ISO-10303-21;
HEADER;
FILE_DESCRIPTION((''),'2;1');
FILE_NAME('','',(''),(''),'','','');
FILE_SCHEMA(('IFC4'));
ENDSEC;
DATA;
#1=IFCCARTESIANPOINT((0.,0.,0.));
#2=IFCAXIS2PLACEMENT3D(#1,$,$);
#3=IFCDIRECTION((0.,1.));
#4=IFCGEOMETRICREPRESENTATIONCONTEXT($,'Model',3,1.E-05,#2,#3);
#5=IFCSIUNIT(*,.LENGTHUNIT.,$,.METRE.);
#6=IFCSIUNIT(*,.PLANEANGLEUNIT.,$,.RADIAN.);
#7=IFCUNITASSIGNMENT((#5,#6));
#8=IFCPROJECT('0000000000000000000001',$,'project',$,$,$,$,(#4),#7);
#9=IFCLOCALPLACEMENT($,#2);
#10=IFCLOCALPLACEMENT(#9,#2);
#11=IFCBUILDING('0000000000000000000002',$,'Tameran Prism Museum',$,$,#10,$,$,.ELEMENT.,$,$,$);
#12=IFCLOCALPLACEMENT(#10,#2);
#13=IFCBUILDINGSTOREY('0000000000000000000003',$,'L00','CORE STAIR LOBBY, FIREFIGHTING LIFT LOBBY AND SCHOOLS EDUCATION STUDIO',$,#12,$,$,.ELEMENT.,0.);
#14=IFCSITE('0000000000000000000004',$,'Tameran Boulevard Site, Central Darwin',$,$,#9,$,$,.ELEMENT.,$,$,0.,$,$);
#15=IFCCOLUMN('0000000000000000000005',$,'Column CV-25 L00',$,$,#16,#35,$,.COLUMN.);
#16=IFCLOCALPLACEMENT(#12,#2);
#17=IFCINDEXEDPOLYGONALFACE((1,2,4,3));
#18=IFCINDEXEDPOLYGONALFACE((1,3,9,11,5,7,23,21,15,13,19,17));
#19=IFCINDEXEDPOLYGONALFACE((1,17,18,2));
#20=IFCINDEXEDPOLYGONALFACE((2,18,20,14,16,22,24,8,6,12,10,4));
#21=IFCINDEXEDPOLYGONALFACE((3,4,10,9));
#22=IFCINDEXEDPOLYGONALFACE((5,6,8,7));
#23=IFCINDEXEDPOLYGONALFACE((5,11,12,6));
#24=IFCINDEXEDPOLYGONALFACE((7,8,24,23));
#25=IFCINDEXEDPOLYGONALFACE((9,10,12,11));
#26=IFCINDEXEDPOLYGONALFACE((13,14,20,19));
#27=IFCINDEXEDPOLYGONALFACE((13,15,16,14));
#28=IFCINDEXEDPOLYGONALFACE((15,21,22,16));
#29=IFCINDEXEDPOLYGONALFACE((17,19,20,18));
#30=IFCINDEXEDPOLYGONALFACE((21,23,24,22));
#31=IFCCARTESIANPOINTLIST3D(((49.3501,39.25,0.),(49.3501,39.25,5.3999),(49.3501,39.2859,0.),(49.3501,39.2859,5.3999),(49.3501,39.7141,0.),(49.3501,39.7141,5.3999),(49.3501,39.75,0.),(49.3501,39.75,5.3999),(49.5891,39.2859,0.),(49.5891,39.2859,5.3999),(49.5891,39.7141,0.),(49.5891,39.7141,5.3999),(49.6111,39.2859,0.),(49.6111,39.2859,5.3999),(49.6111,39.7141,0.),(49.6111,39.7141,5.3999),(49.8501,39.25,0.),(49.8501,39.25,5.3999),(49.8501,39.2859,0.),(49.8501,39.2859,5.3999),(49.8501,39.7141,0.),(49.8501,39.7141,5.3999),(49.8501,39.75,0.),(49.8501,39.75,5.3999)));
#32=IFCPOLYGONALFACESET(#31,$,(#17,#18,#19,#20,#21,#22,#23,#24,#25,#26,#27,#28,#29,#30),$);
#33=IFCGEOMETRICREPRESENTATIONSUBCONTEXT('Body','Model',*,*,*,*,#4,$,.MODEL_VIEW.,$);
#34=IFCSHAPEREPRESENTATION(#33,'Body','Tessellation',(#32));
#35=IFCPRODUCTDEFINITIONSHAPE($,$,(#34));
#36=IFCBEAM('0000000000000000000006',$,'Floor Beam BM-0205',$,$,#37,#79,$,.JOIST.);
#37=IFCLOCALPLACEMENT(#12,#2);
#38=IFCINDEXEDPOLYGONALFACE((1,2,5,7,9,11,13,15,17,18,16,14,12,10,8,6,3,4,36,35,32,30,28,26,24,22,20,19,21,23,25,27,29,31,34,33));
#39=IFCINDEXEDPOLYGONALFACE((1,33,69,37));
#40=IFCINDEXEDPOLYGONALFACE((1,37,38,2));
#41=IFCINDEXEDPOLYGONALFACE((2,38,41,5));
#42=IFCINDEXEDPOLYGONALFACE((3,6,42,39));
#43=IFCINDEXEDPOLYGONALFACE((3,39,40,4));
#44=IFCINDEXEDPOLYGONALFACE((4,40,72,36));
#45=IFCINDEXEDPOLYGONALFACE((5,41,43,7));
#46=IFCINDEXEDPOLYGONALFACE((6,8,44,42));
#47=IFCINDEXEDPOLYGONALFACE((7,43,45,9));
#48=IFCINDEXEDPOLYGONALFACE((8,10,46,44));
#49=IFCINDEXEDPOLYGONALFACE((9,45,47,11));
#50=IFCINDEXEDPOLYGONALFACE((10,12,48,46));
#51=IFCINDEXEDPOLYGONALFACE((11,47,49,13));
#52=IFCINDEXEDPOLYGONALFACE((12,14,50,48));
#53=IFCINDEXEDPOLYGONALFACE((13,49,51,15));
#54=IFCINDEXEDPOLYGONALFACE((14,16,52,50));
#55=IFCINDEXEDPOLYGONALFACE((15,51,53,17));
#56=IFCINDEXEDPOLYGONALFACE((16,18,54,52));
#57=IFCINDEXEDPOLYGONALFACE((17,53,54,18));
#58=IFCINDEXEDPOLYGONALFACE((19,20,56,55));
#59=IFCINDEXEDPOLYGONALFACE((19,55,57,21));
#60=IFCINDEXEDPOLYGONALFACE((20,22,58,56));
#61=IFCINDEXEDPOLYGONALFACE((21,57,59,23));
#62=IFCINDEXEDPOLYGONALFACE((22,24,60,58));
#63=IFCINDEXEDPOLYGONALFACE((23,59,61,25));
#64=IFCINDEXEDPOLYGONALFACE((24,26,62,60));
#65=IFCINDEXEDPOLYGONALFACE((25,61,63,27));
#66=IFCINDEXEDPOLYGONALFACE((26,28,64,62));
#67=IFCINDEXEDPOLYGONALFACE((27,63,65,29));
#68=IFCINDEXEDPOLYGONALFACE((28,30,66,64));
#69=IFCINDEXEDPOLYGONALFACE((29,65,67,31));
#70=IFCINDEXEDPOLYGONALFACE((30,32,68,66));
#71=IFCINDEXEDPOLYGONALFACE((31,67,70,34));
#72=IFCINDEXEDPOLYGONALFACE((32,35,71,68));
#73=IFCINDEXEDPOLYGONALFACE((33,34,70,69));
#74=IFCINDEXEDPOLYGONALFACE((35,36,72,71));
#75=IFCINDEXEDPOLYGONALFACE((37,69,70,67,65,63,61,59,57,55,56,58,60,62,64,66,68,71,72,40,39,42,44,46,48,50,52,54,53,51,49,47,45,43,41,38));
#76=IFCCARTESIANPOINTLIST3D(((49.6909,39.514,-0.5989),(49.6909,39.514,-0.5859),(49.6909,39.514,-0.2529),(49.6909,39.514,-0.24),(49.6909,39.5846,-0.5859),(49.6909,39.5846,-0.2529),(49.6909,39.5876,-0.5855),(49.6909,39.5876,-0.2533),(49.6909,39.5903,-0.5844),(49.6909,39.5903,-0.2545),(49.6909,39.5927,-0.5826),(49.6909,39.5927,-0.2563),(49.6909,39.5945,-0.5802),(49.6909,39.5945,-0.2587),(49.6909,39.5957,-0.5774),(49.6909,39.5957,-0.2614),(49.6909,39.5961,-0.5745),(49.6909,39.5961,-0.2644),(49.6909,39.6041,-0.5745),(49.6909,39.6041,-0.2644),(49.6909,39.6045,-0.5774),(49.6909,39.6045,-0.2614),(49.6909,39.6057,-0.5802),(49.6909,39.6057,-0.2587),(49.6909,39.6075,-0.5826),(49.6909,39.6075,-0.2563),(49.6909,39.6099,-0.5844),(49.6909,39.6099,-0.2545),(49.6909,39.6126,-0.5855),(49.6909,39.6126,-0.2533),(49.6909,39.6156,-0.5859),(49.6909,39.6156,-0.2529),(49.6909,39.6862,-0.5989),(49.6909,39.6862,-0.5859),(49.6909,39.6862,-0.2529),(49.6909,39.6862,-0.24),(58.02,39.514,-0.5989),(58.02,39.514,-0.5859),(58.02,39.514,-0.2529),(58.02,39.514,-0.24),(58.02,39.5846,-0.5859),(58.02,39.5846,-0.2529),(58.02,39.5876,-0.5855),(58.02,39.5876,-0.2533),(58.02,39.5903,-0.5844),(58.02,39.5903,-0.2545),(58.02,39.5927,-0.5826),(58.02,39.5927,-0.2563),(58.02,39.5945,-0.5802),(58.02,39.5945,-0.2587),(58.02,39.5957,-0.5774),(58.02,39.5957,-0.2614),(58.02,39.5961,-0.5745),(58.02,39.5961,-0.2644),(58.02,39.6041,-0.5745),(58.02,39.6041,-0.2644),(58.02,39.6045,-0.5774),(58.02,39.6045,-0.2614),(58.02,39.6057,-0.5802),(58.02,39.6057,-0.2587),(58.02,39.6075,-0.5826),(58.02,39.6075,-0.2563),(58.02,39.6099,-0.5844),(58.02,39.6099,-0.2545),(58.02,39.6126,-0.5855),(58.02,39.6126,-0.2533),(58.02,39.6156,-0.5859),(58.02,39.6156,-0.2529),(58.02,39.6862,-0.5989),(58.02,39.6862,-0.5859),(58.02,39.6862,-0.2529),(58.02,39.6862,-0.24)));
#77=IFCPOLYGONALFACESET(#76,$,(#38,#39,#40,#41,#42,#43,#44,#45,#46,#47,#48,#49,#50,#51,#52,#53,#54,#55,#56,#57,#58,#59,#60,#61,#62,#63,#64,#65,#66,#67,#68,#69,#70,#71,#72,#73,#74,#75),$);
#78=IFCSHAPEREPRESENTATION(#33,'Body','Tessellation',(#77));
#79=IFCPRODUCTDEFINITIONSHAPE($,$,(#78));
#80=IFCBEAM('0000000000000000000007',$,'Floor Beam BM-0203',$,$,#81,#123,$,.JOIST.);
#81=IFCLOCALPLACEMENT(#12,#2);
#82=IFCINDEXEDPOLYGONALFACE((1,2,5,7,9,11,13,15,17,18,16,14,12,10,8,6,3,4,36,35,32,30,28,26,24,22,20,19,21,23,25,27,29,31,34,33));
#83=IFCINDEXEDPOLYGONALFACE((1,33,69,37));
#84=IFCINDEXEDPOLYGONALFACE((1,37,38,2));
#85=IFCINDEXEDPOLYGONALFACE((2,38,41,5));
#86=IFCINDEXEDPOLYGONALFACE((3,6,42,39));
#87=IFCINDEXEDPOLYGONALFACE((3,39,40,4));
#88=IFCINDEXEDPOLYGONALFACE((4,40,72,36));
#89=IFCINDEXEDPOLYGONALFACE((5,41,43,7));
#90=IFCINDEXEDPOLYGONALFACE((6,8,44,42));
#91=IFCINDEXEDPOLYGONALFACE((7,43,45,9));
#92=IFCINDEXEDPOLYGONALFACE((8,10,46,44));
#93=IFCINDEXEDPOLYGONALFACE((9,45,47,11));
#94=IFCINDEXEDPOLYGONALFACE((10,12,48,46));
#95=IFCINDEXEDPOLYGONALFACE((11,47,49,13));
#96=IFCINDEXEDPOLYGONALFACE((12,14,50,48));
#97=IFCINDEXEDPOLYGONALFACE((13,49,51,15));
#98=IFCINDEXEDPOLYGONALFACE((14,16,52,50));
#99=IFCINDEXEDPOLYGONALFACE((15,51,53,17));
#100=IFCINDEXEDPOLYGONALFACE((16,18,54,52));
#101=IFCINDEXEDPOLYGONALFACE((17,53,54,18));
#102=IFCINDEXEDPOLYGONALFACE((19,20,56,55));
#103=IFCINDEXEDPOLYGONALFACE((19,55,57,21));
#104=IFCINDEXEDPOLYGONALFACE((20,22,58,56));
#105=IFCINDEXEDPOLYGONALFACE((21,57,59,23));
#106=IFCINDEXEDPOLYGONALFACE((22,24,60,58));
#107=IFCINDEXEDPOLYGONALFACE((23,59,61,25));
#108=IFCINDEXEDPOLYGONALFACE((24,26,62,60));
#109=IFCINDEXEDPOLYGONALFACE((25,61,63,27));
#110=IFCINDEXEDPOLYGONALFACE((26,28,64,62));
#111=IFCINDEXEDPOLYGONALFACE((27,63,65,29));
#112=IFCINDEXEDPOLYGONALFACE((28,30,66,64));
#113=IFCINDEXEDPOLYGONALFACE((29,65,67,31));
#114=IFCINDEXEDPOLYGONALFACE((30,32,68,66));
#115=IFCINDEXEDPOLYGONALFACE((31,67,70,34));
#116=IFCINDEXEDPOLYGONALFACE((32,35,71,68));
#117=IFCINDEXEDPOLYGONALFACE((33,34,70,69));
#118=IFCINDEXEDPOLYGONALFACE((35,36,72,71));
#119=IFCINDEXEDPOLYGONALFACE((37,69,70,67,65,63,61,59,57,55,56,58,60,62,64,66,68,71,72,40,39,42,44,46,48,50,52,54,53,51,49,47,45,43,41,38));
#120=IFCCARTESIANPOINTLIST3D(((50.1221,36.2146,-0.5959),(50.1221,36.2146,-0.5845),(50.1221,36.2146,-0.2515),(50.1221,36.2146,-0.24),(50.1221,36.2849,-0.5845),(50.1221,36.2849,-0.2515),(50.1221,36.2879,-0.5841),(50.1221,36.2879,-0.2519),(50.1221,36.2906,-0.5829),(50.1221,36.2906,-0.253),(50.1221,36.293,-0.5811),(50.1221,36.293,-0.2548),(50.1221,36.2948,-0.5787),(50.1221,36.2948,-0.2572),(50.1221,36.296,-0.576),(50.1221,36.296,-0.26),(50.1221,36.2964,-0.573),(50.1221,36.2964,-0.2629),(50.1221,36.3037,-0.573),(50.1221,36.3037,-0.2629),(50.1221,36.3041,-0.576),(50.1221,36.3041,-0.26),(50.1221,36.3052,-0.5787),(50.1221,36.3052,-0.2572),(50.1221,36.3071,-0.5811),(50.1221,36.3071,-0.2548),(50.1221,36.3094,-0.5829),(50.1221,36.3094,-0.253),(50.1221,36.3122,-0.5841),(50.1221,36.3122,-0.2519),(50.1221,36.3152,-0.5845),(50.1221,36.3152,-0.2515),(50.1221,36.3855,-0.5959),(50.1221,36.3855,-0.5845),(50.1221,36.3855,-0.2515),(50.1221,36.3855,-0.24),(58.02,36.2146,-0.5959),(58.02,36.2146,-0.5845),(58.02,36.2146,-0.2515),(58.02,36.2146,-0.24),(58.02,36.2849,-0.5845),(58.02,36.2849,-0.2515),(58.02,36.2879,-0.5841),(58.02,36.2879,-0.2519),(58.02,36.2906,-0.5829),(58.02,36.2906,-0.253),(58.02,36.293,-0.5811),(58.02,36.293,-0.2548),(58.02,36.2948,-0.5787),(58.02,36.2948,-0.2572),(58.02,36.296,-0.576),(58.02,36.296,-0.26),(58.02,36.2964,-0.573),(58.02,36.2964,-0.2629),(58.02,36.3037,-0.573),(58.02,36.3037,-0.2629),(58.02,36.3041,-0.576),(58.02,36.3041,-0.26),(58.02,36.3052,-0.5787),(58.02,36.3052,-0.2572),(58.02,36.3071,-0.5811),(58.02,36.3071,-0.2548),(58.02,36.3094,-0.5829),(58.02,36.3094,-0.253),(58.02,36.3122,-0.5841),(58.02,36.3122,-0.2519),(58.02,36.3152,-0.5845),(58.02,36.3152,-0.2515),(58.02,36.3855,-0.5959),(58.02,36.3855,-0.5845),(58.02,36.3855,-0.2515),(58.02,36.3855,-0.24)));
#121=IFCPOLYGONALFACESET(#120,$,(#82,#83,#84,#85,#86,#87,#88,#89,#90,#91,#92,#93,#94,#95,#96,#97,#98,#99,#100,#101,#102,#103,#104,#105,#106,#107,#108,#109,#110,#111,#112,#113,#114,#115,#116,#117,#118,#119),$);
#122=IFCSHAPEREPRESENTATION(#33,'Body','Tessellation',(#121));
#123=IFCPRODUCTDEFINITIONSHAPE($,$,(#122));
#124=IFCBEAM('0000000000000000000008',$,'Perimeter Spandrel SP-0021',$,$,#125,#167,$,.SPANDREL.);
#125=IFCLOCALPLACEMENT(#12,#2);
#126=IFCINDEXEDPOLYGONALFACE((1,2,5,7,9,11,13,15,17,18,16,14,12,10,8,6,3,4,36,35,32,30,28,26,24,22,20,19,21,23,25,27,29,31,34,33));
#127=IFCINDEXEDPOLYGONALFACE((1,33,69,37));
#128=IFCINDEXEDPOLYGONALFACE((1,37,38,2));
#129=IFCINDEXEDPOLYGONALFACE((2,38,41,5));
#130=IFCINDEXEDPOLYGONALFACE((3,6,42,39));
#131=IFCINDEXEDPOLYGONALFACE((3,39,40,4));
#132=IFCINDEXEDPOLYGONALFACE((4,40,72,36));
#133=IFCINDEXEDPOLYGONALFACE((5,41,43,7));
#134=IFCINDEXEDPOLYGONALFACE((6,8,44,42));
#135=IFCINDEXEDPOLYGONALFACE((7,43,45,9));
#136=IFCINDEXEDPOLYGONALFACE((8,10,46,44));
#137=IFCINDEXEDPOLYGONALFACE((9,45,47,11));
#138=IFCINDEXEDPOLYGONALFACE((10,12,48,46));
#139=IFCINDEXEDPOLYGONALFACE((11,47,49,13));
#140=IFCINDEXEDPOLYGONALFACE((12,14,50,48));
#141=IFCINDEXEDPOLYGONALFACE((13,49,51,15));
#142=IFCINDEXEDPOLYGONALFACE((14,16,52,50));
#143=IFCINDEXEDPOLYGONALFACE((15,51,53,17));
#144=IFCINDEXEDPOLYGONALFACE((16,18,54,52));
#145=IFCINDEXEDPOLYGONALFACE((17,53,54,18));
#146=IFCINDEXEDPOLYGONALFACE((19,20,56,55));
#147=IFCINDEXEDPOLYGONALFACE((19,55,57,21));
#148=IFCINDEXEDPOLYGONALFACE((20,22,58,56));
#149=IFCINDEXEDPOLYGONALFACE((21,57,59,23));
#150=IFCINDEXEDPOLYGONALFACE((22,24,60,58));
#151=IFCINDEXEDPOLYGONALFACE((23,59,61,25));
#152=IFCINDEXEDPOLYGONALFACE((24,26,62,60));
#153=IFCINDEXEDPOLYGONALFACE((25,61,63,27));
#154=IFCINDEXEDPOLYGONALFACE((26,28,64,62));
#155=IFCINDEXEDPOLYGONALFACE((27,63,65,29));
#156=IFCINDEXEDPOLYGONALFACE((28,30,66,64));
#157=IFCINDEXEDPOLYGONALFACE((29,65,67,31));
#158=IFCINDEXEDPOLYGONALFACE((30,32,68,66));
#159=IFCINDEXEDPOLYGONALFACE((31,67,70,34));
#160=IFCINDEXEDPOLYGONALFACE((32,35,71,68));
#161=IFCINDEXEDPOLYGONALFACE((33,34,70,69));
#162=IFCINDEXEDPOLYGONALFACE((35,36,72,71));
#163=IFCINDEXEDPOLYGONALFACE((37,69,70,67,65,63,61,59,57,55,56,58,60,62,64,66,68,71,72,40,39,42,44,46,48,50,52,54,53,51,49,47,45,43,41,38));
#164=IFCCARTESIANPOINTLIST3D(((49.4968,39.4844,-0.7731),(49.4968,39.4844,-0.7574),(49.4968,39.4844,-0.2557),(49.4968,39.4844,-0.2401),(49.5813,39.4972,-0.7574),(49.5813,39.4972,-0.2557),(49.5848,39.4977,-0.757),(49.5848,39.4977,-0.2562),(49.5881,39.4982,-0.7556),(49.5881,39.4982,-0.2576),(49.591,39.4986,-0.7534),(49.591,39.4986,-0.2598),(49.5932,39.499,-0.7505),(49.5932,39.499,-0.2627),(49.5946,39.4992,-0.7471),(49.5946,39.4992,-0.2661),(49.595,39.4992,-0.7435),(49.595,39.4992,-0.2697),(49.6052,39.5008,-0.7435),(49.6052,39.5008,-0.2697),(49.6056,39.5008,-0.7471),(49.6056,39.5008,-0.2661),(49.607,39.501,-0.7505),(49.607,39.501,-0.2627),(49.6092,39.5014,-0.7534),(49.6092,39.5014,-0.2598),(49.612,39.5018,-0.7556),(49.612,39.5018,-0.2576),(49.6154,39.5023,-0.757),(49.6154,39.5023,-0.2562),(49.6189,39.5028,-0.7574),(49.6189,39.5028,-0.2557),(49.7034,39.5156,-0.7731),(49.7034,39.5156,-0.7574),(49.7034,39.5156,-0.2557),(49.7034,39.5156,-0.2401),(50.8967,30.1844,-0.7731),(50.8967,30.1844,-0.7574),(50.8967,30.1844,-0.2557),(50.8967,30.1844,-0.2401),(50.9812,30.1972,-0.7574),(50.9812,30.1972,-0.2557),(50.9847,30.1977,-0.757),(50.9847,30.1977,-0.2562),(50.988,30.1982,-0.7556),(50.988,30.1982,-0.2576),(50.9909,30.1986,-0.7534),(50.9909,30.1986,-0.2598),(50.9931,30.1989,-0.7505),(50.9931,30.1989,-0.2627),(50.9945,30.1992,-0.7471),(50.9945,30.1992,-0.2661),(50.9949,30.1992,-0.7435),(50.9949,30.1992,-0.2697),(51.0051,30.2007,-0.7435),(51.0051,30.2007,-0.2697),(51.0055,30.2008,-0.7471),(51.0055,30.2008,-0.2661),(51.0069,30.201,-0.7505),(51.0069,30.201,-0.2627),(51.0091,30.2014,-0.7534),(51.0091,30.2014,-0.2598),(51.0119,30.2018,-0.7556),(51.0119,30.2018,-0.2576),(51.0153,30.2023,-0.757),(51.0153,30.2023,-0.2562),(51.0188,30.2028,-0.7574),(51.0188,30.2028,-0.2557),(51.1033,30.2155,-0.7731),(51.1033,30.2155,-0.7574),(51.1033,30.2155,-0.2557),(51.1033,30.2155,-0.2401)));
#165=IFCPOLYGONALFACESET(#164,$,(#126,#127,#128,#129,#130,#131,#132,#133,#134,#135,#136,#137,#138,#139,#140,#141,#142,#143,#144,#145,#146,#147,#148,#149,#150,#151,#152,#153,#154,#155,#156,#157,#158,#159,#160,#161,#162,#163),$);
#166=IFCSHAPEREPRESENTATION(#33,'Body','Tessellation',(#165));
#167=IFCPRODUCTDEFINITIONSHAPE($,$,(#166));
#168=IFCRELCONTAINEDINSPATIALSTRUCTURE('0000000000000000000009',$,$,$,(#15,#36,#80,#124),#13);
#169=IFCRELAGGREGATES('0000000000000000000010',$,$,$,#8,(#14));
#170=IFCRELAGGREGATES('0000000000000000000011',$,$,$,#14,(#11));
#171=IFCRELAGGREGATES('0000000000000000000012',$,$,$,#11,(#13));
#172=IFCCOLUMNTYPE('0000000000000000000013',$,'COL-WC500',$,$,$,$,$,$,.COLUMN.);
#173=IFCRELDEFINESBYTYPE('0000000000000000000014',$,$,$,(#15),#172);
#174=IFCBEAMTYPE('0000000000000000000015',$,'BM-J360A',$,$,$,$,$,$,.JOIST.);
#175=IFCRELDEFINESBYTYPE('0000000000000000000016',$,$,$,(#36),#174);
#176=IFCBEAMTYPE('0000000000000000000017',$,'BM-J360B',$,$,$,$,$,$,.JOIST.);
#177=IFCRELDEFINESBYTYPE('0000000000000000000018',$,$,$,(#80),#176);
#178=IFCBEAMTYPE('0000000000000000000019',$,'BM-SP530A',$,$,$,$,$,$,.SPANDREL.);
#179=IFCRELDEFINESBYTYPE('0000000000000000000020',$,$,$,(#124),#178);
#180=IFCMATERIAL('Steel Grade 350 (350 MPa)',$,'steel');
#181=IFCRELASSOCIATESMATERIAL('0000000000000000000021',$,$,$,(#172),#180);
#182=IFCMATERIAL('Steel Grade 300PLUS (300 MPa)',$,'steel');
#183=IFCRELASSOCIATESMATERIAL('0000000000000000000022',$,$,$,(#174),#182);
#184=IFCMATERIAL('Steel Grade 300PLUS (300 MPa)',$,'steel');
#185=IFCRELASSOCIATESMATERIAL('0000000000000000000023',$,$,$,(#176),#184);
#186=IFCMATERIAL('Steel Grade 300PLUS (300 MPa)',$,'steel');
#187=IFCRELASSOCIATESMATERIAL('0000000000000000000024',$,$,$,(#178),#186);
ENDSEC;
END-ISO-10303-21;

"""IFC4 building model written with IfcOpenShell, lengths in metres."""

from ifc_helpers import new_model, si_unit, direction, frame, origin, origin_2d, place, context, subcontext, project, spatial, i_section, extrude, material, material_profile, profile_set, type_object, element, save


model = new_model("IFC4")

# Units and contexts
model_context = context("Model", 3, precision=1e-05, world=origin(), true_north=direction((0.0, 1.0)))
body_context = subcontext(model_context, "Body", "Model", "MODEL_VIEW")
ifc_project = project(units=[si_unit("LENGTHUNIT", "METRE"), si_unit("PLANEANGLEUNIT", "RADIAN")], contexts=[model_context])

# Site, building, storey
site_placement = place(None, origin())
site = spatial("IfcSite", under=ifc_project, at=site_placement, Name="Tameran Boulevard Site, Central Darwin", CompositionType="ELEMENT", RefElevation=0.0)
building_placement = place(site_placement, origin())
building = spatial("IfcBuilding", under=site, at=building_placement, Name="Tameran Prism Museum", CompositionType="ELEMENT")
storey_placement = place(building_placement, origin())
storey = spatial("IfcBuildingStorey", under=building, at=storey_placement, Name="L00", Description="CORE STAIR LOBBY, FIREFIGHTING LIFT LOBBY AND SCHOOLS EDUCATION STUDIO", CompositionType="ELEMENT", Elevation=0.0)

# Column
ifc_material_1 = material(Name="Steel Grade 350 (350 MPa)", Category="steel")
ifc_material_profile_1 = material_profile(ifc_material_1, i_section(OverallWidth=0.5, OverallDepth=0.5, WebThickness=0.022, FlangeThickness=0.0359, at=origin_2d()))
ifc_profile_set_1 = profile_set([ifc_material_profile_1])
column_type = type_object("IfcColumnType", Name="COL-WC500", PredefinedType="COLUMN", material=ifc_profile_set_1)
column_placement = place(storey_placement, frame((49.6001, 39.5, 0.0), z_axis=(0.0, 0.0, 1.0), x_axis=(1.0, 0.0, 0.0)))
element("IfcColumn", 1, at=column_placement, inside=storey, type_object=column_type, Name="Column CV-25 L00", PredefinedType="COLUMN", context=body_context, shape_type="SweptSolid", body=[
    extrude(i_section(OverallWidth=0.5, OverallDepth=0.5, WebThickness=0.022, FlangeThickness=0.0359, at=origin_2d()), origin(), (0.0, 0.0, 1.0), 5.3999),
])

# Beams
ifc_material_2 = material(Name="Steel Grade 300PLUS (300 MPa)", Category="steel")
ifc_material_profile_2 = material_profile(ifc_material_2, i_section(OverallWidth=0.1721, OverallDepth=0.3589, WebThickness=0.0081, FlangeThickness=0.0129, FilletRadius=0.0115, at=origin_2d()))
ifc_profile_set_2 = profile_set([ifc_material_profile_2])
beam_type_1 = type_object("IfcBeamType", Name="BM-J360A", PredefinedType="JOIST", material=ifc_profile_set_2)
beam_1_placement = place(storey_placement, frame((49.6909, 39.6001, -0.4194), z_axis=(1.0, 0.0, 0.0), x_axis=(0.0, 1.0, 0.0)))
element("IfcBeam", 2, at=beam_1_placement, inside=storey, type_object=beam_type_1, Name="Floor Beam BM-0205", PredefinedType="JOIST", context=body_context, shape_type="SweptSolid", body=[
    extrude(i_section(OverallWidth=0.1721, OverallDepth=0.3589, WebThickness=0.0081, FlangeThickness=0.0129, FilletRadius=0.0115, at=origin_2d()), origin(), (0.0, 0.0, 1.0), 8.3291),
])
ifc_material_3 = material(Name="Steel Grade 300PLUS (300 MPa)", Category="steel")
ifc_material_profile_3 = material_profile(ifc_material_3, i_section(OverallWidth=0.1709, OverallDepth=0.356, WebThickness=0.0073, FlangeThickness=0.0115, FilletRadius=0.0115, at=origin_2d()))
ifc_profile_set_3 = profile_set([ifc_material_profile_3])
beam_type_2 = type_object("IfcBeamType", Name="BM-J360B", PredefinedType="JOIST", material=ifc_profile_set_3)
beam_2_placement = place(storey_placement, frame((50.1221, 36.3, -0.418), z_axis=(1.0, 0.0, 0.0), x_axis=(0.0, 1.0, 0.0)))
element("IfcBeam", 3, at=beam_2_placement, inside=storey, type_object=beam_type_2, Name="Floor Beam BM-0203", PredefinedType="JOIST", context=body_context, shape_type="SweptSolid", body=[
    extrude(i_section(OverallWidth=0.1709, OverallDepth=0.356, WebThickness=0.0073, FlangeThickness=0.0115, FilletRadius=0.0115, at=origin_2d()), origin(), (0.0, 0.0, 1.0), 7.8979),
])
ifc_material_4 = material(Name="Steel Grade 300PLUS (300 MPa)", Category="steel")
ifc_material_profile_4 = material_profile(ifc_material_4, i_section(OverallWidth=0.209, OverallDepth=0.533, WebThickness=0.0103, FlangeThickness=0.0156, FilletRadius=0.0139, at=origin_2d()))
ifc_profile_set_4 = profile_set([ifc_material_profile_4])
beam_type_3 = type_object("IfcBeamType", Name="BM-SP530A", PredefinedType="SPANDREL", material=ifc_profile_set_4)
beam_3_placement = place(storey_placement, frame((49.6001, 39.5, -0.5066), z_axis=(0.148849, -0.98886, 0.0), x_axis=(0.98886, 0.148849, 0.0)))
element("IfcBeam", 4, at=beam_3_placement, inside=storey, type_object=beam_type_3, Name="Perimeter Spandrel SP-0021", PredefinedType="SPANDREL", context=body_context, shape_type="SweptSolid", body=[
    extrude(i_section(OverallWidth=0.209, OverallDepth=0.533, WebThickness=0.0103, FlangeThickness=0.0156, FilletRadius=0.0139, at=origin_2d()), origin(), (0.0, 0.0, 1.0), 9.4048),
])

save(model, "model.ifc")
